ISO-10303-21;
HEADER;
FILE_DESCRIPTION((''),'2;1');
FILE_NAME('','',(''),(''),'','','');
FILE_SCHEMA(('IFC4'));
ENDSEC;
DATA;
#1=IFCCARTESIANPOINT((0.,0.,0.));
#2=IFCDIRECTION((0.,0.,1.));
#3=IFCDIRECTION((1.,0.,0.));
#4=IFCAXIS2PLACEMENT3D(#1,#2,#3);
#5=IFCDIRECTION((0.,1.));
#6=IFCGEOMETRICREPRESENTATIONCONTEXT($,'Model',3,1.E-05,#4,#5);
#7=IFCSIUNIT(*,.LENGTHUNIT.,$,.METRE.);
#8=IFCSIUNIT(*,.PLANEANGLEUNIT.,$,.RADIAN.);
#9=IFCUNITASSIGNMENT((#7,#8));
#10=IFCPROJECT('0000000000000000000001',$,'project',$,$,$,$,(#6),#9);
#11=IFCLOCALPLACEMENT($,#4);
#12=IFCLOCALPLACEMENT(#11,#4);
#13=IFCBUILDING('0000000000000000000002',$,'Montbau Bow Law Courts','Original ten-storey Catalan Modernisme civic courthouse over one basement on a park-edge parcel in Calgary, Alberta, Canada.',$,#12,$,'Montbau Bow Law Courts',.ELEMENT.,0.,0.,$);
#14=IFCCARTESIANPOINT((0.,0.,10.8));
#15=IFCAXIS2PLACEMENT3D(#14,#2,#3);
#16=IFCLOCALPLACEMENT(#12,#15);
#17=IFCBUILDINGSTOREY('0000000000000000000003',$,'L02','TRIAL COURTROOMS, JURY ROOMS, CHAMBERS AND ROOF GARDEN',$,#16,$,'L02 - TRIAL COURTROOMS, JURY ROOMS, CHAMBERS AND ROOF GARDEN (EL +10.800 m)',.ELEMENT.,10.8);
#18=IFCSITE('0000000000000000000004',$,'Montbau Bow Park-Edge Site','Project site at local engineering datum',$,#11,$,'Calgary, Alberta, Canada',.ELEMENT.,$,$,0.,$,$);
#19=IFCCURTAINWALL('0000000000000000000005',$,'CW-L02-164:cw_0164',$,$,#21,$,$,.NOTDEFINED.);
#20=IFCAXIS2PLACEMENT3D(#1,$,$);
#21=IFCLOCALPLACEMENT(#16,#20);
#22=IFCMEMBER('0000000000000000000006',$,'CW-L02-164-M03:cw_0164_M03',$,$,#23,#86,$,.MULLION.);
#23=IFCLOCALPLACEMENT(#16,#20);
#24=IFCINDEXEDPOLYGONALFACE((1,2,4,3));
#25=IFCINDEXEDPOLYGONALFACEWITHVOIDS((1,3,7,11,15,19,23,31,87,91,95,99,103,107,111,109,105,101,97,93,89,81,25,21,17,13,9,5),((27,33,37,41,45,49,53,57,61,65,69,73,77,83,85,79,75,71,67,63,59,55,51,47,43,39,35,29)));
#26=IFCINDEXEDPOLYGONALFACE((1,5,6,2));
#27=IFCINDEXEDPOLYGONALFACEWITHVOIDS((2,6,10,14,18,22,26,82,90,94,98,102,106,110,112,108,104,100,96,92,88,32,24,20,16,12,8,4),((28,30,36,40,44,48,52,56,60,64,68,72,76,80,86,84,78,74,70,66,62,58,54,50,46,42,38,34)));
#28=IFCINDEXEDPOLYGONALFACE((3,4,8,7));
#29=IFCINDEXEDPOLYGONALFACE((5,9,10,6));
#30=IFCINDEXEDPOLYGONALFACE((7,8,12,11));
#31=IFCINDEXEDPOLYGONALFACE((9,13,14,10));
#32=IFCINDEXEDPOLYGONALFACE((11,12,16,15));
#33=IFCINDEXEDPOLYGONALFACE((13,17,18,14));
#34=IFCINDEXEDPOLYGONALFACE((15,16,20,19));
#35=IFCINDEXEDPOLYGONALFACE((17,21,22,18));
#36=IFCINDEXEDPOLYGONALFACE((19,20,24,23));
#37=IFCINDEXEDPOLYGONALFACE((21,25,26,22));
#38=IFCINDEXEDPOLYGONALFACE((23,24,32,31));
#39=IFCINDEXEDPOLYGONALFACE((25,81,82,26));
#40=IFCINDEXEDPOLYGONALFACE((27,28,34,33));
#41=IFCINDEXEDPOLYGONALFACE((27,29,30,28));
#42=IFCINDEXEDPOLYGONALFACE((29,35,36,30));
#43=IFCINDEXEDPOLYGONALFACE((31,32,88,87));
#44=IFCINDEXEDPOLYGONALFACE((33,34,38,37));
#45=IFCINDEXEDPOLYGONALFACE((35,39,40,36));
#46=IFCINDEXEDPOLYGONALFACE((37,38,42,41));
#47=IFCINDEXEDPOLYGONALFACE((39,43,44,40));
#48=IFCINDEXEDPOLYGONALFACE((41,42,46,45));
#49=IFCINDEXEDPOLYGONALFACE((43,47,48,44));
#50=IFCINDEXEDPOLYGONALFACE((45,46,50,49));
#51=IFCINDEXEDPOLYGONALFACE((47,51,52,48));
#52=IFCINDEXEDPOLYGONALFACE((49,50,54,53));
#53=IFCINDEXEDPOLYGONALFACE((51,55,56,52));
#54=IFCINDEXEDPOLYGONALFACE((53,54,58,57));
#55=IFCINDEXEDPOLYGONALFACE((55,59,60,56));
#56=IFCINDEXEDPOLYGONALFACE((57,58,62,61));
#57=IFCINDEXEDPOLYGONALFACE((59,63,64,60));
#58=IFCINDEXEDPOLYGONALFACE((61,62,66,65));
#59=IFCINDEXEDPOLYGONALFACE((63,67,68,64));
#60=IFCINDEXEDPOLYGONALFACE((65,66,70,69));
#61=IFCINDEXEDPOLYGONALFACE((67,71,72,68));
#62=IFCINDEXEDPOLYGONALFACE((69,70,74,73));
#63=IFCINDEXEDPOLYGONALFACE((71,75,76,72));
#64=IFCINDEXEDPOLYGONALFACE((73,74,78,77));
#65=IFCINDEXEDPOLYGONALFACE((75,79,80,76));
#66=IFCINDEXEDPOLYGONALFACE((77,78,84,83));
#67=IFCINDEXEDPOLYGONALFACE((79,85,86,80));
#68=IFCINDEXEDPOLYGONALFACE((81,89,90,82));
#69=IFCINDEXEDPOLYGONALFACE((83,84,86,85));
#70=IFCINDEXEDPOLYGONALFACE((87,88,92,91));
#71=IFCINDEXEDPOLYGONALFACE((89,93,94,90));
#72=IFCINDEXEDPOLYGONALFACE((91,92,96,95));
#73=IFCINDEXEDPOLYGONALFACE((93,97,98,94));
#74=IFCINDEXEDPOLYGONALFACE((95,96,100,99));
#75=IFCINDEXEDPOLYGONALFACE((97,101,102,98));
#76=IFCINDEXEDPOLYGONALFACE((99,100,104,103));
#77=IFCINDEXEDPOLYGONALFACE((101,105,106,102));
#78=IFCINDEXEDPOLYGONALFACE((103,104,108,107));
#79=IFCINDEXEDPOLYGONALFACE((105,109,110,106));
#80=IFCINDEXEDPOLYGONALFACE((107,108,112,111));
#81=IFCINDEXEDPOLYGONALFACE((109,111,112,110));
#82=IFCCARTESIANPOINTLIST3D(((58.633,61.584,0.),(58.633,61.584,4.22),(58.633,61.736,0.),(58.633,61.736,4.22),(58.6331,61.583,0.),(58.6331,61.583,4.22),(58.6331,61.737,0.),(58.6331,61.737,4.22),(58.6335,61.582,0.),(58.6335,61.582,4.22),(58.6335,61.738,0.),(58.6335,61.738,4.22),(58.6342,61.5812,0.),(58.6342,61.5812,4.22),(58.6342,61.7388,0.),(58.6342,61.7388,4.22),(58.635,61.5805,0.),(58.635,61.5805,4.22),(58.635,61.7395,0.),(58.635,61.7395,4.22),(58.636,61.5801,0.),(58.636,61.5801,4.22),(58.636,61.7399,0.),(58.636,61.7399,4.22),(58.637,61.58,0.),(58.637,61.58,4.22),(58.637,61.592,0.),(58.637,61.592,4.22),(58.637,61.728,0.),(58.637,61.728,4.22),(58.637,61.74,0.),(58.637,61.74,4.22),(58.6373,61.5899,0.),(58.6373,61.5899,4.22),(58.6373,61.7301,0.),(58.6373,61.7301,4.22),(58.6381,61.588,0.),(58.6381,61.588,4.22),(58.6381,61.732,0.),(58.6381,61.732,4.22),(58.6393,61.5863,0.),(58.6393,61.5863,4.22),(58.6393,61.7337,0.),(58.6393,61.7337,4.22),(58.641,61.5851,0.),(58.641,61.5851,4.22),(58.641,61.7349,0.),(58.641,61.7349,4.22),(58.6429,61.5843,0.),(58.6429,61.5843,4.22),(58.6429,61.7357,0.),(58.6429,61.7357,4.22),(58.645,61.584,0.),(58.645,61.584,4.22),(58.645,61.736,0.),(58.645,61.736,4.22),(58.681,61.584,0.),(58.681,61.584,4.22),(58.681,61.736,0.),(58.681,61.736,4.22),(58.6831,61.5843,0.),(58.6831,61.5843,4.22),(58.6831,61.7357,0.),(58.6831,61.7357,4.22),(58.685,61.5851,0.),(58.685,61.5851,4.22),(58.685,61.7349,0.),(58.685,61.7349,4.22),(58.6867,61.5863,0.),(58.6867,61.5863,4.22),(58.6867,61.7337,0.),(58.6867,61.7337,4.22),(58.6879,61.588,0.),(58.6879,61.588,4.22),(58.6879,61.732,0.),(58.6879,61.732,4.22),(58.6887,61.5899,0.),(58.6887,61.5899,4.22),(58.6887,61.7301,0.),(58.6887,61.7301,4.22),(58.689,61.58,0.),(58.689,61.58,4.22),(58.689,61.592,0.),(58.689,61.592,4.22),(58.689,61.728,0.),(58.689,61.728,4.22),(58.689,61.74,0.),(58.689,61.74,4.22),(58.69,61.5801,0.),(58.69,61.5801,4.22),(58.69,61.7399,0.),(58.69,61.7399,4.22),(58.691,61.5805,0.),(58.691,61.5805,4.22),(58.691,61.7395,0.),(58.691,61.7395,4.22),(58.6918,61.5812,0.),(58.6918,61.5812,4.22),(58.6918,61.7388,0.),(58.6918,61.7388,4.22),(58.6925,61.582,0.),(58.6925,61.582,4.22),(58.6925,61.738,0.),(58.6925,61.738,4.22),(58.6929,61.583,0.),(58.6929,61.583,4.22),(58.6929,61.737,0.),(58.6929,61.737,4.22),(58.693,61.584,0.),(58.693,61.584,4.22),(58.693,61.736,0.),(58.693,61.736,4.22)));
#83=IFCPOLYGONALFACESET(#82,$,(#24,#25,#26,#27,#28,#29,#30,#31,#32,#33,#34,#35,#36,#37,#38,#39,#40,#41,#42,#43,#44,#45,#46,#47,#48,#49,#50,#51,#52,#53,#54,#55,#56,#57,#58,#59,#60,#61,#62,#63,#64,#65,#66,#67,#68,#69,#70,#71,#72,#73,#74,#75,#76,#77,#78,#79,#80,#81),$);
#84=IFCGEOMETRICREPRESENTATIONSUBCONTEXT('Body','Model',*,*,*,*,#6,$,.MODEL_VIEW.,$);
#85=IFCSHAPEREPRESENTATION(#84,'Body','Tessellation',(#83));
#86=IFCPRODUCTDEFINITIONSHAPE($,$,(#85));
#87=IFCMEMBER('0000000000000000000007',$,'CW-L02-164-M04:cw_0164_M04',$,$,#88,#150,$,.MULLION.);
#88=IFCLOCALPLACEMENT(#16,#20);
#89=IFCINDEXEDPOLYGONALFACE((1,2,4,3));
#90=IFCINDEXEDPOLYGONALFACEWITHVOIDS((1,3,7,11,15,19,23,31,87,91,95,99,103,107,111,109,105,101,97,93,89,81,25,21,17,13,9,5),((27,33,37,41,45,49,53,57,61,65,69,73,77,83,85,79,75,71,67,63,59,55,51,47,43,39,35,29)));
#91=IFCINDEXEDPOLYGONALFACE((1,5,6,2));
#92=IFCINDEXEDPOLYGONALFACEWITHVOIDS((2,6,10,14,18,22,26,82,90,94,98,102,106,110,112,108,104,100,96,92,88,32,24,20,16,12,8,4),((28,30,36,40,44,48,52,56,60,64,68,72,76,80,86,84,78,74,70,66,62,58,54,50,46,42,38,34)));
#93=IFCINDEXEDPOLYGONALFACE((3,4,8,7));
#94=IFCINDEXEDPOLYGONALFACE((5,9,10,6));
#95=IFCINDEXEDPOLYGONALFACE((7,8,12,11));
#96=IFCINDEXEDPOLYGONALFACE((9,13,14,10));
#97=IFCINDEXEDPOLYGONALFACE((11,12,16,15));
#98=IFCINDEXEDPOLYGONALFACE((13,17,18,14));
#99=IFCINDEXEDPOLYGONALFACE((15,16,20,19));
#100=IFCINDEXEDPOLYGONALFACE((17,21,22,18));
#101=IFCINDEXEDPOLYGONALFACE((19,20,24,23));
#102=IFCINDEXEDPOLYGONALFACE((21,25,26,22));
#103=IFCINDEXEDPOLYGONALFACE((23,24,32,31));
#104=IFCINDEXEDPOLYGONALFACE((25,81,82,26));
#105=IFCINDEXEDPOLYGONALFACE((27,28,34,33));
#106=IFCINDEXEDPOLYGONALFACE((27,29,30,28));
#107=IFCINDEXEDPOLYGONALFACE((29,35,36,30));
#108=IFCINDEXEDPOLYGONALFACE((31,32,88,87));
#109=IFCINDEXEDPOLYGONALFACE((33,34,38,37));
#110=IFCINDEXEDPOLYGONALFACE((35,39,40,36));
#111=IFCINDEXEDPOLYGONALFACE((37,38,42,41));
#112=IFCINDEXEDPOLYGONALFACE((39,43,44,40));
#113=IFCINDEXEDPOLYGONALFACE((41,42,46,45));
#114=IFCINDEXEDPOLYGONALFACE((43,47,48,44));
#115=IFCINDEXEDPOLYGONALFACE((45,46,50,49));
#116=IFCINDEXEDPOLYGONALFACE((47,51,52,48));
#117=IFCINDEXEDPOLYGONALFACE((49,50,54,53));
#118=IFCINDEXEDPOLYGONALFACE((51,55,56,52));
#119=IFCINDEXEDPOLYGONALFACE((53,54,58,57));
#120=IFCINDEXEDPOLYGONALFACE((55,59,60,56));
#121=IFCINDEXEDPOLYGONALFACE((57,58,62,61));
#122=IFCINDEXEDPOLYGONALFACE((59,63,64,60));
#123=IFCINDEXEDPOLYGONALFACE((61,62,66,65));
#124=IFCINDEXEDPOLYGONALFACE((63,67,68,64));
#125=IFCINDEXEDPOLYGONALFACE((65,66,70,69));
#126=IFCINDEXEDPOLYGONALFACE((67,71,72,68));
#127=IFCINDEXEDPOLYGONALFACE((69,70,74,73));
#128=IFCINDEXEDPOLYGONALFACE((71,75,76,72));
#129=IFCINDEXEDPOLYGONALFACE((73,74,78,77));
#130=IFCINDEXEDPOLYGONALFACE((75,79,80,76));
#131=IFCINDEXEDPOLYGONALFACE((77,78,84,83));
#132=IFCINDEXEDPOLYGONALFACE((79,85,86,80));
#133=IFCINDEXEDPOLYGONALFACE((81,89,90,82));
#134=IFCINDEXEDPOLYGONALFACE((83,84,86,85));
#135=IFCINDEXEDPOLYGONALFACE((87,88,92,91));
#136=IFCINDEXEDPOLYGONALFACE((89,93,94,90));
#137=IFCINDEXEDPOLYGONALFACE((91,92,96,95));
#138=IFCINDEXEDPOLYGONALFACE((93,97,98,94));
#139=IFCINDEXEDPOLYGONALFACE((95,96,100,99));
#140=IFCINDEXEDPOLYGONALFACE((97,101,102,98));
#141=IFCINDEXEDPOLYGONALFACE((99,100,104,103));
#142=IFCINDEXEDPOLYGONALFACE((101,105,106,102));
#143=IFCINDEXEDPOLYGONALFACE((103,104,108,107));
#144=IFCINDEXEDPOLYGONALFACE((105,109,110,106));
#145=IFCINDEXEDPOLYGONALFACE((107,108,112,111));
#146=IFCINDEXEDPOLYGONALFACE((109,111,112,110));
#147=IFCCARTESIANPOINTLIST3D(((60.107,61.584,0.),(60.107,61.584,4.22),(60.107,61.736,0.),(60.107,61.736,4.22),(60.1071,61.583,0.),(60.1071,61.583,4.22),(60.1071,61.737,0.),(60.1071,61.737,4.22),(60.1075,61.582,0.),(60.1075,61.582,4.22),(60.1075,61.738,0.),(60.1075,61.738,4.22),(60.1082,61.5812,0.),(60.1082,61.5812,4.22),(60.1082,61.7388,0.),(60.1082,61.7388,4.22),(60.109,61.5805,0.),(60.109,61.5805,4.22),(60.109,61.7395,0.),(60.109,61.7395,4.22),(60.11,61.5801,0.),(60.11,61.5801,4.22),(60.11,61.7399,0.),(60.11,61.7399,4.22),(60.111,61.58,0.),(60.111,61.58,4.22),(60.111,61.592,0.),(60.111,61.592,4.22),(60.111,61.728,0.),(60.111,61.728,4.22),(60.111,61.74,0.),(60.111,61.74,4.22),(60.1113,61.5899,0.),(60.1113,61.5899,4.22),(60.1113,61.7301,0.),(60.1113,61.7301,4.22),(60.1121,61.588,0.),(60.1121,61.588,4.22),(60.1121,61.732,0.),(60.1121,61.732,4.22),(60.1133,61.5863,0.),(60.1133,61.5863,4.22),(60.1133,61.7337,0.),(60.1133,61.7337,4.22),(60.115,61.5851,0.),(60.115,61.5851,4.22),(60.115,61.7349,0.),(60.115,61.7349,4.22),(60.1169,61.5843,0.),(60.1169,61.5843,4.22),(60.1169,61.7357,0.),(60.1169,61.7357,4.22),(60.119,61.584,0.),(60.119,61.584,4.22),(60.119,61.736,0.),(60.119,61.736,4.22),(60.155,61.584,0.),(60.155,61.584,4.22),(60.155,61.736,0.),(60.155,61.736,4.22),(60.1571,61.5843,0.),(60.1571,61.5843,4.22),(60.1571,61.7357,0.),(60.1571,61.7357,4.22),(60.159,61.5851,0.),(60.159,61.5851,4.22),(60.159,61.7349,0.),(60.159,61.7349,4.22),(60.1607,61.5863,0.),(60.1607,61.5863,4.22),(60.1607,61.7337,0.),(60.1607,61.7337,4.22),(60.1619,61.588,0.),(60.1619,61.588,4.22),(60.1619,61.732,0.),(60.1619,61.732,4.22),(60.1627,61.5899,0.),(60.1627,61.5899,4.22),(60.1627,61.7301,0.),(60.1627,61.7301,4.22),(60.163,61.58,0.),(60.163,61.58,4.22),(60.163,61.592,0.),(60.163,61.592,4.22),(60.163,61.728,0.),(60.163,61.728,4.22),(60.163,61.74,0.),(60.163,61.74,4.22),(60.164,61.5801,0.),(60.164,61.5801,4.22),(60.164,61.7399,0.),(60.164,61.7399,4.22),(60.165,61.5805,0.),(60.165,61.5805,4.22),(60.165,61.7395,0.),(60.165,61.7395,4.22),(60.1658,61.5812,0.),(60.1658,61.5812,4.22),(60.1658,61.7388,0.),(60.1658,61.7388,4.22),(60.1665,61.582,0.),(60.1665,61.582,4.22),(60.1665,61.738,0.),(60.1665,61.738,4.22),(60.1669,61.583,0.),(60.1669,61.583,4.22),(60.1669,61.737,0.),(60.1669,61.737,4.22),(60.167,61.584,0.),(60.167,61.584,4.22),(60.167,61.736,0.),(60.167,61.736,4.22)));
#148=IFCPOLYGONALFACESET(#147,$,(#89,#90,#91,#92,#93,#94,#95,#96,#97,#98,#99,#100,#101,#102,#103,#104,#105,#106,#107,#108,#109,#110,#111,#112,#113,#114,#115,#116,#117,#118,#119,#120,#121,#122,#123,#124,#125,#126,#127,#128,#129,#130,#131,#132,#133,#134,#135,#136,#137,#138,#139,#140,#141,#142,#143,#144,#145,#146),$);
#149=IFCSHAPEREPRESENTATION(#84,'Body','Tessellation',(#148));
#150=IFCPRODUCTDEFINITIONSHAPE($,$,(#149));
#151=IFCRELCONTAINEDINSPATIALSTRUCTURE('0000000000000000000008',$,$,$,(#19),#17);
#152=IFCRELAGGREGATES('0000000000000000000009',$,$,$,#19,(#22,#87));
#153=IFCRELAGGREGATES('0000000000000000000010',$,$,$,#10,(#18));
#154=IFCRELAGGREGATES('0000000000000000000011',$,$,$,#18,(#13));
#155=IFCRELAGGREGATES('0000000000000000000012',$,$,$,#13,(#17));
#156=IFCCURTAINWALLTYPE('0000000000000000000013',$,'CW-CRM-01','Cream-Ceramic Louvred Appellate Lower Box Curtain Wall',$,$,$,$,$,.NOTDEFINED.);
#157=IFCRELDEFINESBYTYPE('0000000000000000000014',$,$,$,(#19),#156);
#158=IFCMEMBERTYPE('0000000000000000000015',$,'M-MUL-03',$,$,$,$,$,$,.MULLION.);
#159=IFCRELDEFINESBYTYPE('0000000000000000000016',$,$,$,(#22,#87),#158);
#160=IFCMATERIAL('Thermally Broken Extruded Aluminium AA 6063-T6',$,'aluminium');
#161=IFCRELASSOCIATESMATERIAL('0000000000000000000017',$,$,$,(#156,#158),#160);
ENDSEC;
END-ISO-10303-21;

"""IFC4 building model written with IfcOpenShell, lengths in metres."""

from ifc_helpers import new_model, si_unit, direction, frame, origin_with_axes, origin_2d_with_axis, place, context, subcontext, project, spatial, hollow_rectangle, extrude, material, material_profile, profile_set, type_object, element, aggregate, save


model = new_model("IFC4")

# Units and contexts
model_context = context("Model", 3, precision=1e-05, world=origin_with_axes(), true_north=direction((0.0, 1.0)))
body_context = subcontext(model_context, "Body", "Model", "MODEL_VIEW")
ifc_project = project(units=[si_unit("LENGTHUNIT", "METRE"), si_unit("PLANEANGLEUNIT", "RADIAN")], contexts=[model_context])

# Site, building, storey
site_placement = place(None, origin_with_axes())
site = spatial("IfcSite", under=ifc_project, at=site_placement, Name="Montbau Bow Park-Edge Site", Description="Project site at local engineering datum", LongName="Calgary, Alberta, Canada", CompositionType="ELEMENT", RefElevation=0.0)
building_placement = place(site_placement, origin_with_axes())
building = spatial("IfcBuilding", under=site, at=building_placement, Name="Montbau Bow Law Courts", Description="Original ten-storey Catalan Modernisme civic courthouse over one basement on a park-edge parcel in Calgary, Alberta, Canada.", LongName="Montbau Bow Law Courts", CompositionType="ELEMENT", ElevationOfRefHeight=0.0, ElevationOfTerrain=0.0)
storey_placement = place(building_placement, frame((0.0, 0.0, 10.8), z_axis=(0.0, 0.0, 1.0), x_axis=(1.0, 0.0, 0.0)))
storey = spatial("IfcBuildingStorey", under=building, at=storey_placement, Name="L02", Description="TRIAL COURTROOMS, JURY ROOMS, CHAMBERS AND ROOF GARDEN", LongName="L02 - TRIAL COURTROOMS, JURY ROOMS, CHAMBERS AND ROOF GARDEN (EL +10.800 m)", CompositionType="ELEMENT", Elevation=10.8)

# Curtain wall, members
ifc_material_1 = material(Name="Thermally Broken Extruded Aluminium AA 6063-T6", Category="aluminium")
curtain_wall_type = type_object("IfcCurtainWallType", Name="CW-CRM-01", Description="Cream-Ceramic Louvred Appellate Lower Box Curtain Wall", PredefinedType="NOTDEFINED", material=ifc_material_1)
curtain_wall_1_placement = place(None, frame((55.715, 61.66, 10.8), z_axis=(0.0, 0.0, 1.0), x_axis=(1.0, 0.0, 0.0)))
curtain_wall_1 = element("IfcCurtainWall", 1, at=curtain_wall_1_placement, inside=storey, type_object=curtain_wall_type, Name="CW-L02-164:cw_0164", PredefinedType="NOTDEFINED")
ifc_material_profile_1 = material_profile(ifc_material_1, hollow_rectangle(XDim=0.06, YDim=0.16, WallThickness=0.004, InnerFilletRadius=0.008, OuterFilletRadius=0.004, at=origin_2d_with_axis()), Name="CWM-160X60", Category="Main", Priority=0)
ifc_profile_set_1 = profile_set([ifc_material_profile_1], Name="Thermally Broken Extruded Aluminium AA 6063-T6")
member_type_1 = type_object("IfcMemberType", Name="M-MUL-03", PredefinedType="MULLION", material=ifc_profile_set_1)
member_1_placement = place(None, frame((58.663, 61.66, 10.8), z_axis=(0.0, 0.0, 1.0), x_axis=(1.0, 0.0, 0.0)))
member_1 = element("IfcMember", 2, at=member_1_placement, type_object=member_type_1, Name="CW-L02-164-M03:cw_0164_M03", PredefinedType="MULLION", context=body_context, shape_type="SweptSolid", body=[
    extrude(hollow_rectangle(XDim=0.06, YDim=0.16, WallThickness=0.004, InnerFilletRadius=0.008, OuterFilletRadius=0.004, at=origin_2d_with_axis()), origin_with_axes(), (0.0, 0.0, 1.0), 4.22),
])
member_2_placement = place(None, frame((60.137, 61.66, 10.8), z_axis=(0.0, 0.0, 1.0), x_axis=(1.0, 0.0, 0.0)))
member_2 = element("IfcMember", 3, at=member_2_placement, type_object=member_type_1, Name="CW-L02-164-M04:cw_0164_M04", PredefinedType="MULLION", context=body_context, shape_type="SweptSolid", body=[
    extrude(hollow_rectangle(XDim=0.06, YDim=0.16, WallThickness=0.004, InnerFilletRadius=0.008, OuterFilletRadius=0.004, at=origin_2d_with_axis()), origin_with_axes(), (0.0, 0.0, 1.0), 4.22),
])

aggregate(curtain_wall_1, [member_1, member_2])

save(model, "model.ifc")
